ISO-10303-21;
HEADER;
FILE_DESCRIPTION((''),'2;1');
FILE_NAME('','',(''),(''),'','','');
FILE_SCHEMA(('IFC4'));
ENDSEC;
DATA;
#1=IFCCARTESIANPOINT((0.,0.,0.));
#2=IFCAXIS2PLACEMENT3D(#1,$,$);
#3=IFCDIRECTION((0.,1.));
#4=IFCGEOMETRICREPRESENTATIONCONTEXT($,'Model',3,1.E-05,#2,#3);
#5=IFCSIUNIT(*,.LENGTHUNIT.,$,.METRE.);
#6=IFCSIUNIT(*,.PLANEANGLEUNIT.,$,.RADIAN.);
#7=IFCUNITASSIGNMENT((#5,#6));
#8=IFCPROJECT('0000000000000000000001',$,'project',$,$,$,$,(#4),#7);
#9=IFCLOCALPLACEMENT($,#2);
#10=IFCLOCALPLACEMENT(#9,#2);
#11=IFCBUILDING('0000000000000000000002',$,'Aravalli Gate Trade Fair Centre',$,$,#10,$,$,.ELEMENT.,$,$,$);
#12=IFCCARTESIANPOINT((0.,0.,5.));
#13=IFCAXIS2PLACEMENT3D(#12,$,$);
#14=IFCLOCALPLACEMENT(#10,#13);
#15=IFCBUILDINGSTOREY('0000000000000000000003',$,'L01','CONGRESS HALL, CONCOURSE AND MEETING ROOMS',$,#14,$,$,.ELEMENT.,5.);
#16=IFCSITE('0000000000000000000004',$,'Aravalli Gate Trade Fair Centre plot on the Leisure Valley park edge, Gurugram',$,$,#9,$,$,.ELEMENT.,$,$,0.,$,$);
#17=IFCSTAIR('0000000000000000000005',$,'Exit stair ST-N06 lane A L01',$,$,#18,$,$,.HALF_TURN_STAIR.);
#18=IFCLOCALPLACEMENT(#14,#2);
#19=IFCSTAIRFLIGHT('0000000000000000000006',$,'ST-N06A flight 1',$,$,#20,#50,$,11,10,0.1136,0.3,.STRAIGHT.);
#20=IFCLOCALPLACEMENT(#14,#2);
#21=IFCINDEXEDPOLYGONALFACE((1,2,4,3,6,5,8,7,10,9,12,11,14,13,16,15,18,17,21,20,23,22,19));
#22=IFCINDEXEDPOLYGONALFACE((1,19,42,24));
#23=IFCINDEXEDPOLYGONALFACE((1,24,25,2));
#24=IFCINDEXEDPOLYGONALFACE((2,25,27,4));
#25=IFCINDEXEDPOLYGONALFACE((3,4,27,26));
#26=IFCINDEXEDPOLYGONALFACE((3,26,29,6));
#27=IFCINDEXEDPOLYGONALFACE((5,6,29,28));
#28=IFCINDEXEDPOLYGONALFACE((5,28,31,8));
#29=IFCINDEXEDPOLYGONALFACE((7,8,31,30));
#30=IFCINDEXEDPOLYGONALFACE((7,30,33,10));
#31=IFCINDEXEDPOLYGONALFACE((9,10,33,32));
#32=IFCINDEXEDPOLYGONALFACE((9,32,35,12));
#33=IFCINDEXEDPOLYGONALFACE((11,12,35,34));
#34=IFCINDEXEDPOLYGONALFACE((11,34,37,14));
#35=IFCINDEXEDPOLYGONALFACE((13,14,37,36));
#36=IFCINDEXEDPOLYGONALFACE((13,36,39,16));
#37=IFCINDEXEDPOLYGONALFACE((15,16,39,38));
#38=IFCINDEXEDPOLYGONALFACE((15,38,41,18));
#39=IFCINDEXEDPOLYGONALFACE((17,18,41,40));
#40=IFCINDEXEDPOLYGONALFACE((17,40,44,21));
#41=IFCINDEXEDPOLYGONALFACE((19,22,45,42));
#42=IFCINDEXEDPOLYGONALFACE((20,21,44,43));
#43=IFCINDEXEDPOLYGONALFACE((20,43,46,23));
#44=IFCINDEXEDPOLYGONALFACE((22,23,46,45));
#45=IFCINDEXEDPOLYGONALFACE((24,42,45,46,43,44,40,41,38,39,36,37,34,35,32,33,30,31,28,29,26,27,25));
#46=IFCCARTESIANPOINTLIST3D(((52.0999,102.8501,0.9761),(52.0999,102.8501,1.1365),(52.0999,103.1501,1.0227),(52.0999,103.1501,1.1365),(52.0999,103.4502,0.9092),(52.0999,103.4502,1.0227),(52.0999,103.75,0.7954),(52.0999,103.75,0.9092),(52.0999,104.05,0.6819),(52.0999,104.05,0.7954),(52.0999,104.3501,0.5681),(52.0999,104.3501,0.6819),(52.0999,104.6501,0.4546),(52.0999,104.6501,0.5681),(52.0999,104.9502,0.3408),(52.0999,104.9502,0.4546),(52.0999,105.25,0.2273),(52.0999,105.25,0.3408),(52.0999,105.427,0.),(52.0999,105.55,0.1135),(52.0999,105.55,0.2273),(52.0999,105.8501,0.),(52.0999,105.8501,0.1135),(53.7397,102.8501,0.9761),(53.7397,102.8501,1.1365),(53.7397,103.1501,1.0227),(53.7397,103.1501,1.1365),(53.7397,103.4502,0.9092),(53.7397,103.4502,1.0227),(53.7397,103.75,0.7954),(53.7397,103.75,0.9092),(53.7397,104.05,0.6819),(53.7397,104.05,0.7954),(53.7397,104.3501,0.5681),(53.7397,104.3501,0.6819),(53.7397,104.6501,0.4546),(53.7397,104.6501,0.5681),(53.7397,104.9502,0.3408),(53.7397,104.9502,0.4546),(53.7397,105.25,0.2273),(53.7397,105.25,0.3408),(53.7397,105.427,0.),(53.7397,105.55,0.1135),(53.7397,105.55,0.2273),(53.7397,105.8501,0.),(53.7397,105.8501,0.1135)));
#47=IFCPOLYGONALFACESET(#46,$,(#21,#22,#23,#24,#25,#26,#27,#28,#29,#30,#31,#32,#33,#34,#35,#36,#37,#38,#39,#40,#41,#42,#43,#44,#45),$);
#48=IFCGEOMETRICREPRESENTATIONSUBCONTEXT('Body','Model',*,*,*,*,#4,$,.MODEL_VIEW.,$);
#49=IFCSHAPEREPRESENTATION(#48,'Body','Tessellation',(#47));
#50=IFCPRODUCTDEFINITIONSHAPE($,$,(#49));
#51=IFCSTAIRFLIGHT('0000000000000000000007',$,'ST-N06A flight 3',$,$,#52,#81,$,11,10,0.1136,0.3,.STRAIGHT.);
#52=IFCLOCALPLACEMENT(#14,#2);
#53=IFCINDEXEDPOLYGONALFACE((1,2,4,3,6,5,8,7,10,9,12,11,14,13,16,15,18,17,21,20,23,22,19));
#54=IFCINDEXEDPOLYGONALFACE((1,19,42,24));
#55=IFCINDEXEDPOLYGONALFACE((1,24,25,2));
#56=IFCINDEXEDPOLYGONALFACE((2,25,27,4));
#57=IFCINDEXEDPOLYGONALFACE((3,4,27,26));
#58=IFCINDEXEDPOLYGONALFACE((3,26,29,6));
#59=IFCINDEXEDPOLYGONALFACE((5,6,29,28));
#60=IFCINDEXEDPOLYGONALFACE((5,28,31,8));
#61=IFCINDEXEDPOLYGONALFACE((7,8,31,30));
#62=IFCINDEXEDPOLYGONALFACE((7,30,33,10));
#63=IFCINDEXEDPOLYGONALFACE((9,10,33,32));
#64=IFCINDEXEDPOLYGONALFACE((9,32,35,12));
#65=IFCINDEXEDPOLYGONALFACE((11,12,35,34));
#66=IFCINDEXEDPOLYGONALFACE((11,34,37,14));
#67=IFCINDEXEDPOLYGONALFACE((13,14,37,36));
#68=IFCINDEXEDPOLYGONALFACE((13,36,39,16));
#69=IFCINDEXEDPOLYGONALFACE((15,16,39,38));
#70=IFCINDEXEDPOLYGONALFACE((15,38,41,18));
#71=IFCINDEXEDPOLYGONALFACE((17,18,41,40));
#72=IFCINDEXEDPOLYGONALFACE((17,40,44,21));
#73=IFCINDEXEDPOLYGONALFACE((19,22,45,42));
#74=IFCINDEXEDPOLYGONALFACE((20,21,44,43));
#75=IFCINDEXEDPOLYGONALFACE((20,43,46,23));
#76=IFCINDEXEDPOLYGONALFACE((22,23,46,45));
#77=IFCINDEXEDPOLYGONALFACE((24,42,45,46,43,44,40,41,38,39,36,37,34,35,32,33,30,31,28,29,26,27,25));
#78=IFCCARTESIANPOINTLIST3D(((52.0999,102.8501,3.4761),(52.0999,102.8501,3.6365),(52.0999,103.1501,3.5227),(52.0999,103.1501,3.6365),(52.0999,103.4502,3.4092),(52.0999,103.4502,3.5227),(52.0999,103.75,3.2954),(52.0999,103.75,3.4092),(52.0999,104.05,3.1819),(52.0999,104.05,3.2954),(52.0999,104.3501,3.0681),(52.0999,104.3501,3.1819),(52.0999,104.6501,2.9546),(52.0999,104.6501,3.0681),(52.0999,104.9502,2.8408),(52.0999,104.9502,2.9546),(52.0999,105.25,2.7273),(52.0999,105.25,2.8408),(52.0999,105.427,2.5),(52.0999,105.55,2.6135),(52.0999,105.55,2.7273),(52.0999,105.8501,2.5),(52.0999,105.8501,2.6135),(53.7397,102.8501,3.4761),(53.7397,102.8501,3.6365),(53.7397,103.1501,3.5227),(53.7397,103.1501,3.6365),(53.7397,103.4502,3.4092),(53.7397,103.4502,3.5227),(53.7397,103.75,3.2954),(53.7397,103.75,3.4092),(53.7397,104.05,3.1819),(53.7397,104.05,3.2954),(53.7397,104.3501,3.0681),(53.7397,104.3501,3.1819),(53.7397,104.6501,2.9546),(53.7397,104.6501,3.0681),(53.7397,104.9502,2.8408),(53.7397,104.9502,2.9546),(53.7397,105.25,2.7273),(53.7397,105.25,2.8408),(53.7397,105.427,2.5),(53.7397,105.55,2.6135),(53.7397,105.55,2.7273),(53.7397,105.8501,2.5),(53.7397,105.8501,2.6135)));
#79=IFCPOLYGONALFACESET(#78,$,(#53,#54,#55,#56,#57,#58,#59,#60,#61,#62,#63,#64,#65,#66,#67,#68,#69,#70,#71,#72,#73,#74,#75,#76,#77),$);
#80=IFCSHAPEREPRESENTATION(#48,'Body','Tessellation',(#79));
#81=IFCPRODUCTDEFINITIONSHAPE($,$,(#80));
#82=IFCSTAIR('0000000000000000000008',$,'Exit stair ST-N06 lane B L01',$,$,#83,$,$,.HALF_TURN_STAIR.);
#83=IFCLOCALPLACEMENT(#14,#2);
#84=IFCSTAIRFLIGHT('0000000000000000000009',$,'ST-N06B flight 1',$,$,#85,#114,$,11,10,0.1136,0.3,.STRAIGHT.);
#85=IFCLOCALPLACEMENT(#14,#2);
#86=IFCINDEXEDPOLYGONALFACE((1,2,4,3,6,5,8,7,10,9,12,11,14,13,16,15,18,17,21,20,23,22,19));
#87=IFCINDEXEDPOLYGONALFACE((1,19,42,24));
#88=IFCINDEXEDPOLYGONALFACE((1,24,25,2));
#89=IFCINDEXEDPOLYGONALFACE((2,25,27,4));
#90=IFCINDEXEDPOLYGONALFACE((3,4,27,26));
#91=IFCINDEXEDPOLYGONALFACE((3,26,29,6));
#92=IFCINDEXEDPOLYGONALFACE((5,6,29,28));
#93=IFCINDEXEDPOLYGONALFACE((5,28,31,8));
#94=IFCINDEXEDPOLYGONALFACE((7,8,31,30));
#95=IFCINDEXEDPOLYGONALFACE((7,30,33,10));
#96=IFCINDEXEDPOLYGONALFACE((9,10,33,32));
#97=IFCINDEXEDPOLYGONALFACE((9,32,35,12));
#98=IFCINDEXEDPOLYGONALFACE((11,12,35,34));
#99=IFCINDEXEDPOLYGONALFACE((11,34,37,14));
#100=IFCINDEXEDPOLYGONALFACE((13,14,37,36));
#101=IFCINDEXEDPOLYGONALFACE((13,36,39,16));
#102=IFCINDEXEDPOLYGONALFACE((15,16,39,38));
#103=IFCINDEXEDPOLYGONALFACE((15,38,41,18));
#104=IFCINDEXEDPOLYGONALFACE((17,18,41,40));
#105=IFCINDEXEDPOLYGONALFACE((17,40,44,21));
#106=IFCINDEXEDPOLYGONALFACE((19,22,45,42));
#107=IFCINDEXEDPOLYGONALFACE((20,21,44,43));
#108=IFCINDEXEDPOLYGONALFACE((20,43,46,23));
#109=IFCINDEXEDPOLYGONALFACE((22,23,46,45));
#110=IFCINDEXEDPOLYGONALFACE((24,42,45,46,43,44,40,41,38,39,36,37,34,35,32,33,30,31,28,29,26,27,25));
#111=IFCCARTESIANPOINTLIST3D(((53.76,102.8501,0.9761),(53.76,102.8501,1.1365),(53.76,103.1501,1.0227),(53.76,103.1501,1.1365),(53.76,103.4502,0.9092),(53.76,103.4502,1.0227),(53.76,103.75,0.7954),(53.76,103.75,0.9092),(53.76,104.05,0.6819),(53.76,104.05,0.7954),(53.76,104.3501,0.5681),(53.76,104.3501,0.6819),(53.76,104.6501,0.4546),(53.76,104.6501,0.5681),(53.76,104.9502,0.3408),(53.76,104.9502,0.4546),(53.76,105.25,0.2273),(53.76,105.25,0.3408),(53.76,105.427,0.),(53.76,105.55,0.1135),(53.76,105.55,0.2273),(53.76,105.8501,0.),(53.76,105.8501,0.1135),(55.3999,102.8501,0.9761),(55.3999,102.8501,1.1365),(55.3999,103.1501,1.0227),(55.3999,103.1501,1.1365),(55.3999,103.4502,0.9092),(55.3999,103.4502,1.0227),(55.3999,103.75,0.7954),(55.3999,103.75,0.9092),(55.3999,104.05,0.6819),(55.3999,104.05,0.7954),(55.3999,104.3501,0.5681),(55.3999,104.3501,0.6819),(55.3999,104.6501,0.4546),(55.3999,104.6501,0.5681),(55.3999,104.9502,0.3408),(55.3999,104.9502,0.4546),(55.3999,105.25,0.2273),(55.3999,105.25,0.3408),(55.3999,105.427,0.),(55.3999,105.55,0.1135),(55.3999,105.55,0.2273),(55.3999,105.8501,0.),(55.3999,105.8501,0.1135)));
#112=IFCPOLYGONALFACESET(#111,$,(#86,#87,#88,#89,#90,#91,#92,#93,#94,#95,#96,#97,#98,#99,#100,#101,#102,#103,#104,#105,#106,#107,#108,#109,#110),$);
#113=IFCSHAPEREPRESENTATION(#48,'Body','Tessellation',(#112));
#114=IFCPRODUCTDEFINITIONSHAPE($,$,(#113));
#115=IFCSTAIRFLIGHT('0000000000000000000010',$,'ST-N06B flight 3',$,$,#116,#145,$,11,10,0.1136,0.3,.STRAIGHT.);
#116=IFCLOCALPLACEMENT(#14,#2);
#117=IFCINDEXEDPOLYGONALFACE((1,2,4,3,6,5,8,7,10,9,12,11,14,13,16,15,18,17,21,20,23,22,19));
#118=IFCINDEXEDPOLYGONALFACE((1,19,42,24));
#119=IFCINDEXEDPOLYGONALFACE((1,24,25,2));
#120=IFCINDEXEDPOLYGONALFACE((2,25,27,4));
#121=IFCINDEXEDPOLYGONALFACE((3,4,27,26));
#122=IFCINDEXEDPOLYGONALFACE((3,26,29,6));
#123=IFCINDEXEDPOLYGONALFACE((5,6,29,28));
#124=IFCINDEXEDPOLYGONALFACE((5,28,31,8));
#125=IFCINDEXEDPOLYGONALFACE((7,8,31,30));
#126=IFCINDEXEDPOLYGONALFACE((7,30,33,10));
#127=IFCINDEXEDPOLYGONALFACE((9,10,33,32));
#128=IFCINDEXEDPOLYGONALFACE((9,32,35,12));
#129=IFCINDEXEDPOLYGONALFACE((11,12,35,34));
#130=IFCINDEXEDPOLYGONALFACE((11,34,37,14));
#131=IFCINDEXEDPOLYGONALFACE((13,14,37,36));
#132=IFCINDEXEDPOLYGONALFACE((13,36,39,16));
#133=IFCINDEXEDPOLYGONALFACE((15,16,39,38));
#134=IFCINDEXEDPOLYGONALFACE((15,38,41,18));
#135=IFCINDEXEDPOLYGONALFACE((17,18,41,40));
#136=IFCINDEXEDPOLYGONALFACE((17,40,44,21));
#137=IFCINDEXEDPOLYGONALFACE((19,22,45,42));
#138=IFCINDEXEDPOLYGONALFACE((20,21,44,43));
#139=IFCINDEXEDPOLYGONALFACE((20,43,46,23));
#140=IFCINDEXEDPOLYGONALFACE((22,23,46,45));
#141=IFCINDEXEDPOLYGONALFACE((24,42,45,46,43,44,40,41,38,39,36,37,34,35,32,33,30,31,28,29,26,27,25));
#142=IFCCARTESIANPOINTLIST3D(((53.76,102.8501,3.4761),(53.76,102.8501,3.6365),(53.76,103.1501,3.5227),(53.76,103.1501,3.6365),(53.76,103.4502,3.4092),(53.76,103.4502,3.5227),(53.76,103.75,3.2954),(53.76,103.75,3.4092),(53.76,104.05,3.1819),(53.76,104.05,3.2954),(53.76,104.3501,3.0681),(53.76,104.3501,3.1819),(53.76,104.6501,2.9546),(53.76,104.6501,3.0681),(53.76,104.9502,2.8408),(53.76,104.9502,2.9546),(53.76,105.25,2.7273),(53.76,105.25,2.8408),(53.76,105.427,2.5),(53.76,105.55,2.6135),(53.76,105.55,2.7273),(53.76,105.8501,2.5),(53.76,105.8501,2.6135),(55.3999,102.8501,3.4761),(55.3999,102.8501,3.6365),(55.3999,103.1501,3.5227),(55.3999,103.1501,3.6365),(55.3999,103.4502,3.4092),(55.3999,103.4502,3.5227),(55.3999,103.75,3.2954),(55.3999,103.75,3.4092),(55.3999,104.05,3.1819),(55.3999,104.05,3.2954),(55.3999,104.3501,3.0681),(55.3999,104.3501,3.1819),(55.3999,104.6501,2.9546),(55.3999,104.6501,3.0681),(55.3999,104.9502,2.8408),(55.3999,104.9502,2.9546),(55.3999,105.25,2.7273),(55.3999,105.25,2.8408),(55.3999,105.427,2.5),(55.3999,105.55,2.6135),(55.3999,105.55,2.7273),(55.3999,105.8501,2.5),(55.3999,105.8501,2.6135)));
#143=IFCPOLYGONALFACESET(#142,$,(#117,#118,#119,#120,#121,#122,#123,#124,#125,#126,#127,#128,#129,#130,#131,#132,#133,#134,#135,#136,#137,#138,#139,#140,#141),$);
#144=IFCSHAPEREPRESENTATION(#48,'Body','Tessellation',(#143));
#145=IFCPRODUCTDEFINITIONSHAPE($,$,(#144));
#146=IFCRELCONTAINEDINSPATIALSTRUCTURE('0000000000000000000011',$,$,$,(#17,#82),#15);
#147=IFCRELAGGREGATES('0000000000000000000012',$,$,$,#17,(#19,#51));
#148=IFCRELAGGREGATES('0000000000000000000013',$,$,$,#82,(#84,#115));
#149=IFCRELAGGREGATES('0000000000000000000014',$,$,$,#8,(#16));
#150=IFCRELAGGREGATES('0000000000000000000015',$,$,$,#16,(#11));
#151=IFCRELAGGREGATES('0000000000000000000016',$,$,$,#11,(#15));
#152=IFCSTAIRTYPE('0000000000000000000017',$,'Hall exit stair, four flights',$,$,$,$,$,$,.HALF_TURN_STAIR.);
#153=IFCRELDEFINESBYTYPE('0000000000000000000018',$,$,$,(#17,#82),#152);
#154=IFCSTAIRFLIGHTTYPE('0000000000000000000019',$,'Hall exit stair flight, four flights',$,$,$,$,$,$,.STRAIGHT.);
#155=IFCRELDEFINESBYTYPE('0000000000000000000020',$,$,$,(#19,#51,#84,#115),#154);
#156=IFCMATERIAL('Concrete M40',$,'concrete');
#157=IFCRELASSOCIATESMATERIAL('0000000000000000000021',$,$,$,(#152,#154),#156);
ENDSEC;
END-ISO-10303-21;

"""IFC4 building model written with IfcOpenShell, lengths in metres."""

from ifc_helpers import new_model, si_unit, direction, frame, origin, place, context, subcontext, project, spatial, polyline, outline, extrude, material, type_object, element, aggregate, save


model = new_model("IFC4")

# Units and contexts
model_context = context("Model", 3, precision=1e-05, world=origin(), true_north=direction((0.0, 1.0)))
body_context = subcontext(model_context, "Body", "Model", "MODEL_VIEW")
ifc_project = project(units=[si_unit("LENGTHUNIT", "METRE"), si_unit("PLANEANGLEUNIT", "RADIAN")], contexts=[model_context])

# Site, building, storey
site_placement = place(None, origin())
site = spatial("IfcSite", under=ifc_project, at=site_placement, Name="Aravalli Gate Trade Fair Centre plot on the Leisure Valley park edge, Gurugram", CompositionType="ELEMENT", RefElevation=0.0)
building_placement = place(site_placement, origin())
building = spatial("IfcBuilding", under=site, at=building_placement, Name="Aravalli Gate Trade Fair Centre", CompositionType="ELEMENT")
storey_placement = place(building_placement, frame((0.0, 0.0, 5.0)))
storey = spatial("IfcBuildingStorey", under=building, at=storey_placement, Name="L01", Description="CONGRESS HALL, CONCOURSE AND MEETING ROOMS", CompositionType="ELEMENT", Elevation=5.0)

# Shared definitions
ifc_material_1 = material(Name="Concrete M40", Category="concrete")

# Stairs, stair flights
stair_type = type_object("IfcStairType", Name="Hall exit stair, four flights", PredefinedType="HALF_TURN_STAIR", material=ifc_material_1)
stair_1_placement = place(storey_placement, origin())
stair_1 = element("IfcStair", 1, at=stair_1_placement, inside=storey, type_object=stair_type, Name="Exit stair ST-N06 lane A L01", PredefinedType="HALF_TURN_STAIR")
stair_flight_type = type_object("IfcStairFlightType", Name="Hall exit stair flight, four flights", PredefinedType="STRAIGHT", material=ifc_material_1)
stair_flight_1_placement = place(storey_placement, frame((52.9199, 105.8501, 0.0), z_axis=(0.0, 0.0, 1.0), x_axis=(0.0, -1.0, 0.0)))
stair_flight_1 = element("IfcStairFlight", 2, at=stair_flight_1_placement, type_object=stair_flight_type, Name="ST-N06A flight 1", NumberOfRisers=11, NumberOfTreads=10, PredefinedType="STRAIGHT", RiserHeight=0.1136, TreadLength=0.3, context=body_context, shape_type="SweptSolid", body=[
    extrude(outline(polyline([(0.0, 0.0), (0.0, 0.1135), (0.3, 0.1135), (0.3, 0.2273), (0.6001, 0.2273), (0.6001, 0.3408), (0.8999, 0.3408), (0.8999, 0.4546), (1.2, 0.4546), (1.2, 0.5681), (1.5, 0.5681), (1.5, 0.6819), (1.8, 0.6819), (1.8, 0.7954), (2.1001, 0.7954), (2.1001, 0.9092), (2.3999, 0.9092), (2.3999, 1.0227), (2.7, 1.0227), (2.7, 1.1365), (3.0, 1.1365), (3.0, 1.25), (3.0, 0.9761), (0.4231, 0.0), (0.0, 0.0)])), frame((0.0, 0.8198, 0.0), z_axis=(0.0, -1.0, 0.0), x_axis=(1.0, 0.0, 0.0)), (0.0, 0.0, 1.0), 1.6399),
])
stair_flight_2_placement = place(storey_placement, frame((52.9199, 105.8501, 2.5), z_axis=(0.0, 0.0, 1.0), x_axis=(0.0, -1.0, 0.0)))
stair_flight_2 = element("IfcStairFlight", 3, at=stair_flight_2_placement, type_object=stair_flight_type, Name="ST-N06A flight 3", NumberOfRisers=11, NumberOfTreads=10, PredefinedType="STRAIGHT", RiserHeight=0.1136, TreadLength=0.3, context=body_context, shape_type="SweptSolid", body=[
    extrude(outline(polyline([(0.0, 0.0), (0.0, 0.1135), (0.3, 0.1135), (0.3, 0.2273), (0.6001, 0.2273), (0.6001, 0.3408), (0.8999, 0.3408), (0.8999, 0.4546), (1.2, 0.4546), (1.2, 0.5681), (1.5, 0.5681), (1.5, 0.6819), (1.8, 0.6819), (1.8, 0.7954), (2.1001, 0.7954), (2.1001, 0.9092), (2.3999, 0.9092), (2.3999, 1.0227), (2.7, 1.0227), (2.7, 1.1365), (3.0, 1.1365), (3.0, 1.25), (3.0, 0.9761), (0.4231, 0.0), (0.0, 0.0)])), frame((0.0, 0.8198, 0.0), z_axis=(0.0, -1.0, 0.0), x_axis=(1.0, 0.0, 0.0)), (0.0, 0.0, 1.0), 1.6399),
])
aggregate(stair_1, [stair_flight_1, stair_flight_2])
stair_2_placement = place(storey_placement, origin())
stair_2 = element("IfcStair", 4, at=stair_2_placement, inside=storey, type_object=stair_type, Name="Exit stair ST-N06 lane B L01", PredefinedType="HALF_TURN_STAIR")
stair_flight_3_placement = place(storey_placement, frame((54.5801, 105.8501, 0.0), z_axis=(0.0, 0.0, 1.0), x_axis=(0.0, -1.0, 0.0)))
stair_flight_3 = element("IfcStairFlight", 5, at=stair_flight_3_placement, type_object=stair_flight_type, Name="ST-N06B flight 1", NumberOfRisers=11, NumberOfTreads=10, PredefinedType="STRAIGHT", RiserHeight=0.1136, TreadLength=0.3, context=body_context, shape_type="SweptSolid", body=[
    extrude(outline(polyline([(0.0, 0.0), (0.0, 0.1135), (0.3, 0.1135), (0.3, 0.2273), (0.6001, 0.2273), (0.6001, 0.3408), (0.8999, 0.3408), (0.8999, 0.4546), (1.2, 0.4546), (1.2, 0.5681), (1.5, 0.5681), (1.5, 0.6819), (1.8, 0.6819), (1.8, 0.7954), (2.1001, 0.7954), (2.1001, 0.9092), (2.3999, 0.9092), (2.3999, 1.0227), (2.7, 1.0227), (2.7, 1.1365), (3.0, 1.1365), (3.0, 1.25), (3.0, 0.9761), (0.4231, 0.0), (0.0, 0.0)])), frame((0.0, 0.8198, 0.0), z_axis=(0.0, -1.0, 0.0), x_axis=(1.0, 0.0, 0.0)), (0.0, 0.0, 1.0), 1.6399),
])
stair_flight_4_placement = place(storey_placement, frame((54.5801, 105.8501, 2.5), z_axis=(0.0, 0.0, 1.0), x_axis=(0.0, -1.0, 0.0)))
stair_flight_4 = element("IfcStairFlight", 6, at=stair_flight_4_placement, type_object=stair_flight_type, Name="ST-N06B flight 3", NumberOfRisers=11, NumberOfTreads=10, PredefinedType="STRAIGHT", RiserHeight=0.1136, TreadLength=0.3, context=body_context, shape_type="SweptSolid", body=[
    extrude(outline(polyline([(0.0, 0.0), (0.0, 0.1135), (0.3, 0.1135), (0.3, 0.2273), (0.6001, 0.2273), (0.6001, 0.3408), (0.8999, 0.3408), (0.8999, 0.4546), (1.2, 0.4546), (1.2, 0.5681), (1.5, 0.5681), (1.5, 0.6819), (1.8, 0.6819), (1.8, 0.7954), (2.1001, 0.7954), (2.1001, 0.9092), (2.3999, 0.9092), (2.3999, 1.0227), (2.7, 1.0227), (2.7, 1.1365), (3.0, 1.1365), (3.0, 1.25), (3.0, 0.9761), (0.4231, 0.0), (0.0, 0.0)])), frame((0.0, 0.8198, 0.0), z_axis=(0.0, -1.0, 0.0), x_axis=(1.0, 0.0, 0.0)), (0.0, 0.0, 1.0), 1.6399),
])
aggregate(stair_2, [stair_flight_3, stair_flight_4])

save(model, "model.ifc")
